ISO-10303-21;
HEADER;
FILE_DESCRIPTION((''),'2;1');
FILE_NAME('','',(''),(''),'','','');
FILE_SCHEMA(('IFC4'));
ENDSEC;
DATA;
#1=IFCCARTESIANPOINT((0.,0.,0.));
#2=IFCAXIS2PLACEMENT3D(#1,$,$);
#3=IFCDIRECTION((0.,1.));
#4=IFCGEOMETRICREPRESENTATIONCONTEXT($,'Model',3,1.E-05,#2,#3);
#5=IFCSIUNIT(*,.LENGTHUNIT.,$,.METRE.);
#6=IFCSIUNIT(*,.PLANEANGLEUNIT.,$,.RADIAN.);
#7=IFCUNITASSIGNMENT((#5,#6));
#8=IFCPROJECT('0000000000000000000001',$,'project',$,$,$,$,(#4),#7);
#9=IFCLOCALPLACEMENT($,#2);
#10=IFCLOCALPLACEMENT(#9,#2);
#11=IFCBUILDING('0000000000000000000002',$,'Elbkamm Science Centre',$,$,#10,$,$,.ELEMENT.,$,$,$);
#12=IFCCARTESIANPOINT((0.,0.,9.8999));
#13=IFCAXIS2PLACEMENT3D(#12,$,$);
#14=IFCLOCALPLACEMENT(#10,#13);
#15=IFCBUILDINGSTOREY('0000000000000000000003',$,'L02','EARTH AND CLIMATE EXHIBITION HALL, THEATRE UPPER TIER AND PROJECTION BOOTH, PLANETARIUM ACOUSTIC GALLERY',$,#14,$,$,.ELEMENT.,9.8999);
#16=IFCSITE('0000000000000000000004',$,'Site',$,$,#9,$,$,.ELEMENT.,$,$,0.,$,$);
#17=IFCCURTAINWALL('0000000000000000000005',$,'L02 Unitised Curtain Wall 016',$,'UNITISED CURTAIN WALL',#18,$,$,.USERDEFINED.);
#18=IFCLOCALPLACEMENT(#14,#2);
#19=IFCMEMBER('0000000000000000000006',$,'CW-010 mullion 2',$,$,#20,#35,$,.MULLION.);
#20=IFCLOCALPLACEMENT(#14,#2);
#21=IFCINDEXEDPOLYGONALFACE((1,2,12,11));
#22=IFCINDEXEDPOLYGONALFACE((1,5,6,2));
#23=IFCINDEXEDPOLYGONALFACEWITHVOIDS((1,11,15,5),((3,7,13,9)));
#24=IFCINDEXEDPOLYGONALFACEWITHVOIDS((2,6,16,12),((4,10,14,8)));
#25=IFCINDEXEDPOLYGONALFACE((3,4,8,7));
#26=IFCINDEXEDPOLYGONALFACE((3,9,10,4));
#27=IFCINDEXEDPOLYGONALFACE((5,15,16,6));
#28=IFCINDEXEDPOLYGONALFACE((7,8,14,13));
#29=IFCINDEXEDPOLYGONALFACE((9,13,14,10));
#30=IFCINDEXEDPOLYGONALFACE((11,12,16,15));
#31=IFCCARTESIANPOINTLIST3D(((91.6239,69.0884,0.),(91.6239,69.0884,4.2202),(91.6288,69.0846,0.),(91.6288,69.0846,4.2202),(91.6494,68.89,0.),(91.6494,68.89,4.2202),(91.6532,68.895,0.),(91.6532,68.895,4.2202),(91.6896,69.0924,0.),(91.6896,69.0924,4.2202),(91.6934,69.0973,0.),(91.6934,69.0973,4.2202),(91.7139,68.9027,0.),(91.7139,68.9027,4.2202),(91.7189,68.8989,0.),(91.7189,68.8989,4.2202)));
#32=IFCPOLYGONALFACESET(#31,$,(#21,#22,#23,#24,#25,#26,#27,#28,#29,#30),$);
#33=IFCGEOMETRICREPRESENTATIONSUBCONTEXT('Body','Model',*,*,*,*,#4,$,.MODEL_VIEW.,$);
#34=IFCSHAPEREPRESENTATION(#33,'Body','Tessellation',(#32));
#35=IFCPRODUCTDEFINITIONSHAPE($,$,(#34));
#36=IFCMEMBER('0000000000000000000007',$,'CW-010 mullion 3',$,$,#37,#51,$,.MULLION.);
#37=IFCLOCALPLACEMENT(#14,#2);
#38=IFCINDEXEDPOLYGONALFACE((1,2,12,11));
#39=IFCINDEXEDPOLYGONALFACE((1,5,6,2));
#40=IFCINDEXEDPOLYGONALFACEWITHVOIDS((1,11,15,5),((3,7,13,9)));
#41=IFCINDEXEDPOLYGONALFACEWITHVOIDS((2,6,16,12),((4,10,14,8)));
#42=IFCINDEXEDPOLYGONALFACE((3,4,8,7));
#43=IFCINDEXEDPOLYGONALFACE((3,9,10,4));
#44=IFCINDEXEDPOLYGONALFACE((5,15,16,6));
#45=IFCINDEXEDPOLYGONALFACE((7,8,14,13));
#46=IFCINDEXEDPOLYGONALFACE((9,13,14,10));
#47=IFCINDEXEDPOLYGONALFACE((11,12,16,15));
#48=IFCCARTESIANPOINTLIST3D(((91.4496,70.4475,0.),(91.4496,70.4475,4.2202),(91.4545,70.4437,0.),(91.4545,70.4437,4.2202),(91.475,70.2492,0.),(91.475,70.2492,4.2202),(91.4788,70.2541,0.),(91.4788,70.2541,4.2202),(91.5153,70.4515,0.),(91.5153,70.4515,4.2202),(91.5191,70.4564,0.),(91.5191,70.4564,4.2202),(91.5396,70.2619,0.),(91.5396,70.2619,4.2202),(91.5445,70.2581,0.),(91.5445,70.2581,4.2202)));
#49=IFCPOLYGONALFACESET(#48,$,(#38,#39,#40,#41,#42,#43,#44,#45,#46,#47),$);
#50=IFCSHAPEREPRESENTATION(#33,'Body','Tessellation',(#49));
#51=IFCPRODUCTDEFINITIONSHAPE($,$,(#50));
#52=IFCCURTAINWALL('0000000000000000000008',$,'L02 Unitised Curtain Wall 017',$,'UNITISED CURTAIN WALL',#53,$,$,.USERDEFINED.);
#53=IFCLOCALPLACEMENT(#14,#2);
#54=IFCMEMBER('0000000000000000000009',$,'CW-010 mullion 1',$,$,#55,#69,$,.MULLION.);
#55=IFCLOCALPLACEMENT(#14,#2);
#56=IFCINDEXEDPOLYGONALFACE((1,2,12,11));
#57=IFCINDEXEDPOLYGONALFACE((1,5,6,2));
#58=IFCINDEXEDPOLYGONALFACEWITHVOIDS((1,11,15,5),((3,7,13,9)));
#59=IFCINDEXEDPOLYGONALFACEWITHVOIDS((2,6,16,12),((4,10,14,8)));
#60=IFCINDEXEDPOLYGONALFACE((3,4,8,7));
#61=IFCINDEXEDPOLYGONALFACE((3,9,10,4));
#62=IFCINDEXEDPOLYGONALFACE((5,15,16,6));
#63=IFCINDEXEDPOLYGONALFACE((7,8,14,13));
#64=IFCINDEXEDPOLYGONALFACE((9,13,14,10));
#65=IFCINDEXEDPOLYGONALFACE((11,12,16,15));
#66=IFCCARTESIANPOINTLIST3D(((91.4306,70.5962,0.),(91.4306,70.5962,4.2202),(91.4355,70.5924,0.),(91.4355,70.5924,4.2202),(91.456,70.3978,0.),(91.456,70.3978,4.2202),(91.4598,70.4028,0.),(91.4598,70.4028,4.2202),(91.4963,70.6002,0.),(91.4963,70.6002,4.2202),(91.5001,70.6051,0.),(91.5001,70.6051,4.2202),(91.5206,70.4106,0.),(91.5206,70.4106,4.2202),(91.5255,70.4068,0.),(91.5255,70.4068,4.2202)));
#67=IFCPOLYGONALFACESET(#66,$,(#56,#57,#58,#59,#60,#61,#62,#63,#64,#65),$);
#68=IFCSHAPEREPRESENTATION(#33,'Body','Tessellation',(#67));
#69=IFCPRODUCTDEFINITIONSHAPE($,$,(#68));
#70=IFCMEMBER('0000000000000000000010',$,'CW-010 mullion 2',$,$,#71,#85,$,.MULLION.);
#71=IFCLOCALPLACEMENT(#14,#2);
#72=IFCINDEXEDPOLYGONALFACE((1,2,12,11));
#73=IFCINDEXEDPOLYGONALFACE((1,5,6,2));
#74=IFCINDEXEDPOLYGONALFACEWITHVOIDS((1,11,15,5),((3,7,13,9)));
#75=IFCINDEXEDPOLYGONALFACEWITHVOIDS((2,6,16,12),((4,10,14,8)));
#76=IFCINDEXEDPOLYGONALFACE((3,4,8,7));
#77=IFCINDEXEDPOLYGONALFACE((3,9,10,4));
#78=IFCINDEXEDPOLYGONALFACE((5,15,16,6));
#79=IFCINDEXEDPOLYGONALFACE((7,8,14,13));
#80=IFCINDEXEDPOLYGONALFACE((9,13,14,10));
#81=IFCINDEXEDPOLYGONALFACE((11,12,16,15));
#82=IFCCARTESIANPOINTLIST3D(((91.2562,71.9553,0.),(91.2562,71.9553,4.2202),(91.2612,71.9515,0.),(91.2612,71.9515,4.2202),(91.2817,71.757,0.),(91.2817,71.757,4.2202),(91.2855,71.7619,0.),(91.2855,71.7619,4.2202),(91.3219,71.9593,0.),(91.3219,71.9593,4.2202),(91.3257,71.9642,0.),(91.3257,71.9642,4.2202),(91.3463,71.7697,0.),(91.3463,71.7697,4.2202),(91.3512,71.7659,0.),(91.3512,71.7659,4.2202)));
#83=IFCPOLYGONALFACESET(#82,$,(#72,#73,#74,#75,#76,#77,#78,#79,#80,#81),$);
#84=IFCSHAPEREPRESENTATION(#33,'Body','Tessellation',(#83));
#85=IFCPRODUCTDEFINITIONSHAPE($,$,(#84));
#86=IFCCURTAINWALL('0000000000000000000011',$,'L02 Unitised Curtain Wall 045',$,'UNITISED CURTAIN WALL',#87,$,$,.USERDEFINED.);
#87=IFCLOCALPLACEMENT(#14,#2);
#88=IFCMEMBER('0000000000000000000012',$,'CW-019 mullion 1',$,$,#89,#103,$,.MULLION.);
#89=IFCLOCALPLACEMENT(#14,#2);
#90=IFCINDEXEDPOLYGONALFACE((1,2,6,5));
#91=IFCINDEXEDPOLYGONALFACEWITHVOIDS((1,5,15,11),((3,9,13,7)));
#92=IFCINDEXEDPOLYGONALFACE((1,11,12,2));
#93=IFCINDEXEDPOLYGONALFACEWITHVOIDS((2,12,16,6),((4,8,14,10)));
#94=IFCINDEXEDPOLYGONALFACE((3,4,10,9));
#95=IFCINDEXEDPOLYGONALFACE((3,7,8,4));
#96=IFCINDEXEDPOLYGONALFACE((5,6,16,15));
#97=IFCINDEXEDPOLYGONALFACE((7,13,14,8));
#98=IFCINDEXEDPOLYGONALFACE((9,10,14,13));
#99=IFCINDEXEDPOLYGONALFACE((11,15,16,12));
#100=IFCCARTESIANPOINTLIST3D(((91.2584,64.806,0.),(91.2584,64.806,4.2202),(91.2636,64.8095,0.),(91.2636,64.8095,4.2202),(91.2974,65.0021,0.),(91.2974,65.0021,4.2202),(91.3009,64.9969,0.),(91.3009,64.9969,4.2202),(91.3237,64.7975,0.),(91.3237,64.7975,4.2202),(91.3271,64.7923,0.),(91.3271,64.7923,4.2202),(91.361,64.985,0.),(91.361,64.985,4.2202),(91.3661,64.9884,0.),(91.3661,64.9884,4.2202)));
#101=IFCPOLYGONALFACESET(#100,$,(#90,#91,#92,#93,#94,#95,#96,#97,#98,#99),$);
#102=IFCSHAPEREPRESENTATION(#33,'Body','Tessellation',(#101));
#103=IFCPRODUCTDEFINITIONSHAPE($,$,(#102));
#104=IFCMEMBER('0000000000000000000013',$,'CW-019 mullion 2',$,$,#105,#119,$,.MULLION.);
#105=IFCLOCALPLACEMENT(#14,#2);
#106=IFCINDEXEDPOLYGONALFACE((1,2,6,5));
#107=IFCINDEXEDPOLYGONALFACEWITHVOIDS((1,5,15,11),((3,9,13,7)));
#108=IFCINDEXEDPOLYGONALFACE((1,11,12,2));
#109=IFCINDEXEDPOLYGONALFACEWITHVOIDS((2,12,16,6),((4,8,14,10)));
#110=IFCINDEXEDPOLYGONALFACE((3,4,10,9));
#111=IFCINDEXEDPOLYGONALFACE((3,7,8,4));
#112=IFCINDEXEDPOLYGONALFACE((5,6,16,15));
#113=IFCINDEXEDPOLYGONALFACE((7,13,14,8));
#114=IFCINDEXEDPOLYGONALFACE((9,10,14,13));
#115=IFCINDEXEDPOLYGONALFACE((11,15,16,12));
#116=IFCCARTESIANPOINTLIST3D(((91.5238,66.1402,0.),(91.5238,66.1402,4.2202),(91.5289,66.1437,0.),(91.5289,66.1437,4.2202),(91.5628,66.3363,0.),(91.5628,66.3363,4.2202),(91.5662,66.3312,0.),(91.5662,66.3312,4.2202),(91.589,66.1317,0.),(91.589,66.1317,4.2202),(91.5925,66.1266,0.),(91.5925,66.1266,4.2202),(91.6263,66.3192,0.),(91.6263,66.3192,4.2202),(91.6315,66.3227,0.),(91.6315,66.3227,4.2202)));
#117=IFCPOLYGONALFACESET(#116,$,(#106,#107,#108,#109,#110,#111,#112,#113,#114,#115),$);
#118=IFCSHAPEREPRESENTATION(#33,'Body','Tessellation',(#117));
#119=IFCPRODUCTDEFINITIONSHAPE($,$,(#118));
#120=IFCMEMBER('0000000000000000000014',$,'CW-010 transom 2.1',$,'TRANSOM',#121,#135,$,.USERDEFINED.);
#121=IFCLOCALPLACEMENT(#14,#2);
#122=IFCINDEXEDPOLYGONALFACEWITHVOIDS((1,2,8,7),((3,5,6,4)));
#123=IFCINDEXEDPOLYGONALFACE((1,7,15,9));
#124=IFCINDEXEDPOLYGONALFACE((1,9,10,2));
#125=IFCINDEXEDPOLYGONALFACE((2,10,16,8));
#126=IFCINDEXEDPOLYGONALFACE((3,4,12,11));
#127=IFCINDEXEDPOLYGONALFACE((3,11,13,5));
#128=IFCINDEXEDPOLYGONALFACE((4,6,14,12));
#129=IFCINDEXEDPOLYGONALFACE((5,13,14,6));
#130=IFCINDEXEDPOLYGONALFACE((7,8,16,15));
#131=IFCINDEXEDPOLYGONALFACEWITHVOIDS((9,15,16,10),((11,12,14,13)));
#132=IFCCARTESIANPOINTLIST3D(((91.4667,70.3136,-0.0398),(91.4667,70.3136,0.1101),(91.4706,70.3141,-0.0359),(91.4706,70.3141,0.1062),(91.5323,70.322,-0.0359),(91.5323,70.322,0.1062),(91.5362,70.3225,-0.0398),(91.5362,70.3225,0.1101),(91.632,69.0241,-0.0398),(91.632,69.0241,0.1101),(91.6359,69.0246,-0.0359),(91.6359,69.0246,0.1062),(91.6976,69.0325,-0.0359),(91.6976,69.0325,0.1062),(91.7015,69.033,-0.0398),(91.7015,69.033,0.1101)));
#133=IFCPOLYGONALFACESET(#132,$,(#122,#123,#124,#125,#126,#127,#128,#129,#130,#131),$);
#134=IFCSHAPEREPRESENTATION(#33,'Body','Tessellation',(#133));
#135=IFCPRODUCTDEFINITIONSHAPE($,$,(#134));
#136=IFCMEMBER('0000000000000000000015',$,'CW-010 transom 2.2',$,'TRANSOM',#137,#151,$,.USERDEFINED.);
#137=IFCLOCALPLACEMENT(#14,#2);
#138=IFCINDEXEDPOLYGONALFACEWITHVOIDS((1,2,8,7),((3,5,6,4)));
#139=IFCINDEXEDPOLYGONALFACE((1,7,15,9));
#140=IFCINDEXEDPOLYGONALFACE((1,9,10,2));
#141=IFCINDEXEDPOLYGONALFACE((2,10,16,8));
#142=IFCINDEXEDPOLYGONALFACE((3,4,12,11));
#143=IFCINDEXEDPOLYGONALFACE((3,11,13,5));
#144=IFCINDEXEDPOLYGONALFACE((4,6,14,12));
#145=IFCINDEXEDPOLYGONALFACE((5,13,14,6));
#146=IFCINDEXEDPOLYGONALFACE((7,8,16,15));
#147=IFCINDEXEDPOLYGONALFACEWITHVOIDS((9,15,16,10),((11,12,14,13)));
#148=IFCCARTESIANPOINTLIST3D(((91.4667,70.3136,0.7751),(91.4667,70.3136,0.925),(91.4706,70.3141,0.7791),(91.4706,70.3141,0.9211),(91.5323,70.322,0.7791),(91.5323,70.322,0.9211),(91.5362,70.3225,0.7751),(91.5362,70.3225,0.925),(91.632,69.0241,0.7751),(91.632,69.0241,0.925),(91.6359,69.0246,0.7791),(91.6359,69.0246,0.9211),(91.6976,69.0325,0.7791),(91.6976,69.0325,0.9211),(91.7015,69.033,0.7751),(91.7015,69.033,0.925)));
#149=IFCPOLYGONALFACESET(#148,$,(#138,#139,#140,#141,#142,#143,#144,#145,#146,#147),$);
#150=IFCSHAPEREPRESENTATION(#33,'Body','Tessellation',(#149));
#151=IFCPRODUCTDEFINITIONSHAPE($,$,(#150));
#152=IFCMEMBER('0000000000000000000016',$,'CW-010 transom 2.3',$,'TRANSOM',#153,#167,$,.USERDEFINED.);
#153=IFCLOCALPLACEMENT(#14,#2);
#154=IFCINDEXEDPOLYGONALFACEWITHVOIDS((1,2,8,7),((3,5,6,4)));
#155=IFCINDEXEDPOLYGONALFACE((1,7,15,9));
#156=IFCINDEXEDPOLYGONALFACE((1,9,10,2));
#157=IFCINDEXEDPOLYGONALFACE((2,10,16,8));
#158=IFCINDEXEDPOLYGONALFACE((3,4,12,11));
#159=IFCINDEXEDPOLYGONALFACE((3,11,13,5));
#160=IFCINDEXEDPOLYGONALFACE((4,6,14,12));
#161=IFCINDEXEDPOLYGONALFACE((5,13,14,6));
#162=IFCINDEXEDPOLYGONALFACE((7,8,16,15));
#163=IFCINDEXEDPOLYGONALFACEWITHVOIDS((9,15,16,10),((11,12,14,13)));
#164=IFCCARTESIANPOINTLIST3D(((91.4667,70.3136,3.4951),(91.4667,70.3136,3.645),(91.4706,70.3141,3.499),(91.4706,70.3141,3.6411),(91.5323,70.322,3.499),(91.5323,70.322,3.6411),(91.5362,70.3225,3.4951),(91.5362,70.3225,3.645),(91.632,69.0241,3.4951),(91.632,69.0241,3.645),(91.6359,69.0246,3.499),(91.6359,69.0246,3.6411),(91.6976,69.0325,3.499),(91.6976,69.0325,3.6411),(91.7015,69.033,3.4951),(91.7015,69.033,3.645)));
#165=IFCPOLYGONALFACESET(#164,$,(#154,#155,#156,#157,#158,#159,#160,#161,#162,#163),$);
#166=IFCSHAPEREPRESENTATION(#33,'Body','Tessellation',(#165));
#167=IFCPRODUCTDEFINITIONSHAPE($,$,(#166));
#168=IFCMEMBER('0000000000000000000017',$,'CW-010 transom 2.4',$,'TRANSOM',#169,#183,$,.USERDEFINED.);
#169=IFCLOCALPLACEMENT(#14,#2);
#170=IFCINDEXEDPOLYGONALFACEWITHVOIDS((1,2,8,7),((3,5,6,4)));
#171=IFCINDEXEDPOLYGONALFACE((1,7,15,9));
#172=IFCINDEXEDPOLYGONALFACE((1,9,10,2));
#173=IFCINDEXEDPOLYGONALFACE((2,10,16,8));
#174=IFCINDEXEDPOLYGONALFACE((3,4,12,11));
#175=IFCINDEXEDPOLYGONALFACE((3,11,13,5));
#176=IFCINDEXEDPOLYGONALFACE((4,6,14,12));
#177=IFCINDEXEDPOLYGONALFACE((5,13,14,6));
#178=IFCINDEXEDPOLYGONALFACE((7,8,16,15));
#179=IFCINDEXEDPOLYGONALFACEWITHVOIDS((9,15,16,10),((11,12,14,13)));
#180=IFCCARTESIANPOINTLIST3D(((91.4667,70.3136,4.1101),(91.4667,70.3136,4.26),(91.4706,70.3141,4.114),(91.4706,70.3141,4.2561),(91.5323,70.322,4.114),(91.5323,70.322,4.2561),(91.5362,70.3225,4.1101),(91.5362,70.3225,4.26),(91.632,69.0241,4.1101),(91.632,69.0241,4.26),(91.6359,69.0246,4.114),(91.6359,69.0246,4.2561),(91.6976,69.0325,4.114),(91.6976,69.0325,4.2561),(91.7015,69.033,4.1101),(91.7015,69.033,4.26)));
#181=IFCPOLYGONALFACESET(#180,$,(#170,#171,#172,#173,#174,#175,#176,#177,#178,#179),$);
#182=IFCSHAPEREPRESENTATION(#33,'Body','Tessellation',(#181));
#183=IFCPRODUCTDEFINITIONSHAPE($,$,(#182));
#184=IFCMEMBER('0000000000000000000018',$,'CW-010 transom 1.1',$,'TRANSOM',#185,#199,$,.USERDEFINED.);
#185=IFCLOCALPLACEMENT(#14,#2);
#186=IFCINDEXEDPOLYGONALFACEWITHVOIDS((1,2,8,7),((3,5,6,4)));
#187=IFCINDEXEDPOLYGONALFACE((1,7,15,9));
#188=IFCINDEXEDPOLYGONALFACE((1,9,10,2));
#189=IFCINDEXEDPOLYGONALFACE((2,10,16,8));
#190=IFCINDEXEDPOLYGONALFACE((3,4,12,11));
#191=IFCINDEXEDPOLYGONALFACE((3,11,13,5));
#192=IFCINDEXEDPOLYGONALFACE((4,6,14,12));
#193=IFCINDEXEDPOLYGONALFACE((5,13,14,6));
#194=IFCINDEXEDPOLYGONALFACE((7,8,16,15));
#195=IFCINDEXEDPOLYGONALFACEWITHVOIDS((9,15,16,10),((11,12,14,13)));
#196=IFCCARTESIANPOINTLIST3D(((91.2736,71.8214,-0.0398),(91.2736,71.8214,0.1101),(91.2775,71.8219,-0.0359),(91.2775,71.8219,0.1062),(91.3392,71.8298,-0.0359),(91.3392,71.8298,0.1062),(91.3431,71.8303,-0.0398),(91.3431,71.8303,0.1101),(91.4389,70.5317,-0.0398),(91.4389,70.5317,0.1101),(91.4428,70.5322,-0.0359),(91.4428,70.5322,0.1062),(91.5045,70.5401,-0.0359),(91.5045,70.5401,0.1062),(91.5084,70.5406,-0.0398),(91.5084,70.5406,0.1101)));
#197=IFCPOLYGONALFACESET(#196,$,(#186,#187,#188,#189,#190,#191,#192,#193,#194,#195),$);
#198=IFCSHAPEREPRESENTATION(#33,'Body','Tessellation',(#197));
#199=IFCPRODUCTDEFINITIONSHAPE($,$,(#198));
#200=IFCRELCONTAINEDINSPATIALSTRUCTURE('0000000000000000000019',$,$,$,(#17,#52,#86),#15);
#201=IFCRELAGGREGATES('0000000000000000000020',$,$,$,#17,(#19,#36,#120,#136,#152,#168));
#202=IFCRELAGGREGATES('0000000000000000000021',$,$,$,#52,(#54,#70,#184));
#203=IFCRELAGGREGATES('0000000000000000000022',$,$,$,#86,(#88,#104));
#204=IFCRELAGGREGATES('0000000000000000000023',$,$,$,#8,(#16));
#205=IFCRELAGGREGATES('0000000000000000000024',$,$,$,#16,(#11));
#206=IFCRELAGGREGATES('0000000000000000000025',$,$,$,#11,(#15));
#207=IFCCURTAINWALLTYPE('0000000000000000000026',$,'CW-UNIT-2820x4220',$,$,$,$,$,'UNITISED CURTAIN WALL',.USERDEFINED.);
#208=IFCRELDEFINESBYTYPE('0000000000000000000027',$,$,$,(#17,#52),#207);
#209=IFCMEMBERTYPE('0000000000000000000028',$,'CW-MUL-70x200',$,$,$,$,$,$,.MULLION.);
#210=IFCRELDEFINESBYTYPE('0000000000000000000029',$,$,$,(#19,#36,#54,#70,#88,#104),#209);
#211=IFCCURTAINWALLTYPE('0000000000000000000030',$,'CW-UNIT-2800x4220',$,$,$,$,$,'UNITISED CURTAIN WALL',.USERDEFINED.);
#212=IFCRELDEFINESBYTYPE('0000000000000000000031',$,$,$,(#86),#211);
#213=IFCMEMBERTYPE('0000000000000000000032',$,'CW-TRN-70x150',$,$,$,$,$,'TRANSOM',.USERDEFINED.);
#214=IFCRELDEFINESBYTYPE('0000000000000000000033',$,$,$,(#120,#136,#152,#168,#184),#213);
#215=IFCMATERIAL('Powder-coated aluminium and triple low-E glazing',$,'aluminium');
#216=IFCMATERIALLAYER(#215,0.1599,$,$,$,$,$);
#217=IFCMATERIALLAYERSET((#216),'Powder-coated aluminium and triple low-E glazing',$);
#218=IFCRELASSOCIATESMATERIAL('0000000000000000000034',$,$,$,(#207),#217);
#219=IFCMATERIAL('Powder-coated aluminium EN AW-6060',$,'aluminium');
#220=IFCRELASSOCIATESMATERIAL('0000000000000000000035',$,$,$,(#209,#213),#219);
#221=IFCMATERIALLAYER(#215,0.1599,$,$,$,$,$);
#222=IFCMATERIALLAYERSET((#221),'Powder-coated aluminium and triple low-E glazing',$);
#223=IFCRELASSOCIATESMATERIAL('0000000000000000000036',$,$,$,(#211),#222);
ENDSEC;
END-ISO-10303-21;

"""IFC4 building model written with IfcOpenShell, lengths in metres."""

from ifc_helpers import new_model, si_unit, direction, frame, origin, origin_2d, place, context, subcontext, project, spatial, hollow_rectangle, extrude, material, layer, layer_set, material_profile, profile_set, type_object, element, aggregate, save


model = new_model("IFC4")

# Units and contexts
model_context = context("Model", 3, precision=1e-05, world=origin(), true_north=direction((0.0, 1.0)))
body_context = subcontext(model_context, "Body", "Model", "MODEL_VIEW")
ifc_project = project(units=[si_unit("LENGTHUNIT", "METRE"), si_unit("PLANEANGLEUNIT", "RADIAN")], contexts=[model_context])

# Site, building, storey
site_placement = place(None, origin())
site = spatial("IfcSite", under=ifc_project, at=site_placement, Name="Site", CompositionType="ELEMENT", RefElevation=0.0)
building_placement = place(site_placement, origin())
building = spatial("IfcBuilding", under=site, at=building_placement, Name="Elbkamm Science Centre", CompositionType="ELEMENT")
storey_placement = place(building_placement, frame((0.0, 0.0, 9.8999)))
storey = spatial("IfcBuildingStorey", under=building, at=storey_placement, Name="L02", Description="EARTH AND CLIMATE EXHIBITION HALL, THEATRE UPPER TIER AND PROJECTION BOOTH, PLANETARIUM ACOUSTIC GALLERY", CompositionType="ELEMENT", Elevation=9.8999)

# Curtain walls, members
ifc_material_1 = material(Name="Powder-coated aluminium and triple low-E glazing", Category="aluminium")
ifc_layer_1 = layer(ifc_material_1, 0.1599)
ifc_layer_set_1 = layer_set([ifc_layer_1], Name="Powder-coated aluminium and triple low-E glazing")
curtain_wall_type_1 = type_object("IfcCurtainWallType", Name="CW-UNIT-2820x4220", ElementType="UNITISED CURTAIN WALL", PredefinedType="USERDEFINED", material=ifc_layer_set_1)
curtain_wall_1_placement = place(storey_placement, origin())
curtain_wall_1 = element("IfcCurtainWall", 1, at=curtain_wall_1_placement, inside=storey, type_object=curtain_wall_type_1, Name="L02 Unitised Curtain Wall 016", ObjectType="UNITISED CURTAIN WALL", PredefinedType="USERDEFINED")
ifc_material_2 = material(Name="Powder-coated aluminium EN AW-6060", Category="aluminium")
ifc_material_profile_1 = material_profile(ifc_material_2, hollow_rectangle(XDim=0.0701, YDim=0.2, WallThickness=0.0044, at=origin_2d()), Name="ALU M70x200")
ifc_profile_set_1 = profile_set([ifc_material_profile_1], Name="Powder-coated aluminium EN AW-6060")
member_type_1 = type_object("IfcMemberType", Name="CW-MUL-70x200", PredefinedType="MULLION", material=ifc_profile_set_1)
member_1_placement = place(storey_placement, frame((91.6714, 68.9937, 0.0), z_axis=(0.0, 0.0, 1.0), x_axis=(-0.99188, -0.127174, 0.0)))
member_1 = element("IfcMember", 2, at=member_1_placement, type_object=member_type_1, Name="CW-010 mullion 2", PredefinedType="MULLION", context=body_context, shape_type="SweptSolid", body=[
    extrude(hollow_rectangle(XDim=0.0701, YDim=0.2, WallThickness=0.0044, at=origin_2d()), origin(), (0.0, 0.0, 1.0), 4.2202),
])
member_2_placement = place(storey_placement, frame((91.4971, 70.3528, 0.0), z_axis=(0.0, 0.0, 1.0), x_axis=(-0.99188, -0.127174, 0.0)))
member_2 = element("IfcMember", 3, at=member_2_placement, type_object=member_type_1, Name="CW-010 mullion 3", PredefinedType="MULLION", context=body_context, shape_type="SweptSolid", body=[
    extrude(hollow_rectangle(XDim=0.0701, YDim=0.2, WallThickness=0.0044, at=origin_2d()), origin(), (0.0, 0.0, 1.0), 4.2202),
])
curtain_wall_2_placement = place(storey_placement, origin())
curtain_wall_2 = element("IfcCurtainWall", 4, at=curtain_wall_2_placement, inside=storey, type_object=curtain_wall_type_1, Name="L02 Unitised Curtain Wall 017", ObjectType="UNITISED CURTAIN WALL", PredefinedType="USERDEFINED")
member_3_placement = place(storey_placement, frame((91.478, 70.5015, 0.0), z_axis=(0.0, 0.0, 1.0), x_axis=(-0.99188, -0.127174, 0.0)))
member_3 = element("IfcMember", 5, at=member_3_placement, type_object=member_type_1, Name="CW-010 mullion 1", PredefinedType="MULLION", context=body_context, shape_type="SweptSolid", body=[
    extrude(hollow_rectangle(XDim=0.0701, YDim=0.2, WallThickness=0.0044, at=origin_2d()), origin(), (0.0, 0.0, 1.0), 4.2202),
])
member_4_placement = place(storey_placement, frame((91.3037, 71.8606, 0.0), z_axis=(0.0, 0.0, 1.0), x_axis=(-0.99188, -0.127174, 0.0)))
member_4 = element("IfcMember", 6, at=member_4_placement, type_object=member_type_1, Name="CW-010 mullion 2", PredefinedType="MULLION", context=body_context, shape_type="SweptSolid", body=[
    extrude(hollow_rectangle(XDim=0.0701, YDim=0.2, WallThickness=0.0044, at=origin_2d()), origin(), (0.0, 0.0, 1.0), 4.2202),
])
ifc_layer_2 = layer(ifc_material_1, 0.1599)
ifc_layer_set_2 = layer_set([ifc_layer_2], Name="Powder-coated aluminium and triple low-E glazing")
curtain_wall_type_2 = type_object("IfcCurtainWallType", Name="CW-UNIT-2800x4220", ElementType="UNITISED CURTAIN WALL", PredefinedType="USERDEFINED", material=ifc_layer_set_2)
curtain_wall_3_placement = place(storey_placement, origin())
curtain_wall_3 = element("IfcCurtainWall", 7, at=curtain_wall_3_placement, inside=storey, type_object=curtain_wall_type_2, Name="L02 Unitised Curtain Wall 045", ObjectType="UNITISED CURTAIN WALL", PredefinedType="USERDEFINED")
member_5_placement = place(storey_placement, frame((91.3123, 64.8972, 0.0), z_axis=(0.0, 0.0, 1.0), x_axis=(-0.980773, 0.195151, 0.0)))
member_5 = element("IfcMember", 8, at=member_5_placement, type_object=member_type_1, Name="CW-019 mullion 1", PredefinedType="MULLION", context=body_context, shape_type="SweptSolid", body=[
    extrude(hollow_rectangle(XDim=0.0701, YDim=0.2, WallThickness=0.0044, at=origin_2d()), origin(), (0.0, 0.0, 1.0), 4.2202),
])
member_6_placement = place(storey_placement, frame((91.5776, 66.2314, 0.0), z_axis=(0.0, 0.0, 1.0), x_axis=(-0.980773, 0.195151, 0.0)))
member_6 = element("IfcMember", 9, at=member_6_placement, type_object=member_type_1, Name="CW-019 mullion 2", PredefinedType="MULLION", context=body_context, shape_type="SweptSolid", body=[
    extrude(hollow_rectangle(XDim=0.0701, YDim=0.2, WallThickness=0.0044, at=origin_2d()), origin(), (0.0, 0.0, 1.0), 4.2202),
])

# Members
ifc_material_profile_2 = material_profile(ifc_material_2, hollow_rectangle(XDim=0.0701, YDim=0.1499, WallThickness=0.0039, at=origin_2d()), Name="ALU T70x150")
ifc_profile_set_2 = profile_set([ifc_material_profile_2], Name="Powder-coated aluminium EN AW-6060")
member_type_2 = type_object("IfcMemberType", Name="CW-TRN-70x150", ElementType="TRANSOM", PredefinedType="USERDEFINED", material=ifc_profile_set_2)
member_7_placement = place(storey_placement, frame((91.6667, 69.0286, 0.0352), z_axis=(-0.127131, 0.991886, 0.0), x_axis=(-0.991886, -0.127131, 0.0)))
member_7 = element("IfcMember", 10, at=member_7_placement, type_object=member_type_2, Name="CW-010 transom 2.1", ObjectType="TRANSOM", PredefinedType="USERDEFINED", context=body_context, shape_type="SweptSolid", body=[
    extrude(hollow_rectangle(XDim=0.0701, YDim=0.1499, WallThickness=0.0039, at=origin_2d()), origin(), (0.0, 0.0, 1.0), 1.3),
])
member_8_placement = place(storey_placement, frame((91.6667, 69.0286, 0.8501), z_axis=(-0.127131, 0.991886, 0.0), x_axis=(-0.991886, -0.127131, 0.0)))
member_8 = element("IfcMember", 11, at=member_8_placement, type_object=member_type_2, Name="CW-010 transom 2.2", ObjectType="TRANSOM", PredefinedType="USERDEFINED", context=body_context, shape_type="SweptSolid", body=[
    extrude(hollow_rectangle(XDim=0.0701, YDim=0.1499, WallThickness=0.0039, at=origin_2d()), origin(), (0.0, 0.0, 1.0), 1.3),
])
member_9_placement = place(storey_placement, frame((91.6667, 69.0286, 3.5701), z_axis=(-0.127131, 0.991886, 0.0), x_axis=(-0.991886, -0.127131, 0.0)))
member_9 = element("IfcMember", 12, at=member_9_placement, type_object=member_type_2, Name="CW-010 transom 2.3", ObjectType="TRANSOM", PredefinedType="USERDEFINED", context=body_context, shape_type="SweptSolid", body=[
    extrude(hollow_rectangle(XDim=0.0701, YDim=0.1499, WallThickness=0.0039, at=origin_2d()), origin(), (0.0, 0.0, 1.0), 1.3),
])
member_10_placement = place(storey_placement, frame((91.6667, 69.0286, 4.1851), z_axis=(-0.127131, 0.991886, 0.0), x_axis=(-0.991886, -0.127131, 0.0)))
member_10 = element("IfcMember", 13, at=member_10_placement, type_object=member_type_2, Name="CW-010 transom 2.4", ObjectType="TRANSOM", PredefinedType="USERDEFINED", context=body_context, shape_type="SweptSolid", body=[
    extrude(hollow_rectangle(XDim=0.0701, YDim=0.1499, WallThickness=0.0039, at=origin_2d()), origin(), (0.0, 0.0, 1.0), 1.3),
])
member_11_placement = place(storey_placement, frame((91.4736, 70.5361, 0.0352), z_axis=(-0.127107, 0.991889, 0.0), x_axis=(-0.991889, -0.127107, 0.0)))
member_11 = element("IfcMember", 14, at=member_11_placement, type_object=member_type_2, Name="CW-010 transom 1.1", ObjectType="TRANSOM", PredefinedType="USERDEFINED", context=body_context, shape_type="SweptSolid", body=[
    extrude(hollow_rectangle(XDim=0.0701, YDim=0.1499, WallThickness=0.0039, at=origin_2d()), origin(), (0.0, 0.0, 1.0), 1.3003),
])

aggregate(curtain_wall_1, [member_1, member_2, member_7, member_8, member_9, member_10])
aggregate(curtain_wall_2, [member_3, member_4, member_11])
aggregate(curtain_wall_3, [member_5, member_6])

save(model, "model.ifc")
